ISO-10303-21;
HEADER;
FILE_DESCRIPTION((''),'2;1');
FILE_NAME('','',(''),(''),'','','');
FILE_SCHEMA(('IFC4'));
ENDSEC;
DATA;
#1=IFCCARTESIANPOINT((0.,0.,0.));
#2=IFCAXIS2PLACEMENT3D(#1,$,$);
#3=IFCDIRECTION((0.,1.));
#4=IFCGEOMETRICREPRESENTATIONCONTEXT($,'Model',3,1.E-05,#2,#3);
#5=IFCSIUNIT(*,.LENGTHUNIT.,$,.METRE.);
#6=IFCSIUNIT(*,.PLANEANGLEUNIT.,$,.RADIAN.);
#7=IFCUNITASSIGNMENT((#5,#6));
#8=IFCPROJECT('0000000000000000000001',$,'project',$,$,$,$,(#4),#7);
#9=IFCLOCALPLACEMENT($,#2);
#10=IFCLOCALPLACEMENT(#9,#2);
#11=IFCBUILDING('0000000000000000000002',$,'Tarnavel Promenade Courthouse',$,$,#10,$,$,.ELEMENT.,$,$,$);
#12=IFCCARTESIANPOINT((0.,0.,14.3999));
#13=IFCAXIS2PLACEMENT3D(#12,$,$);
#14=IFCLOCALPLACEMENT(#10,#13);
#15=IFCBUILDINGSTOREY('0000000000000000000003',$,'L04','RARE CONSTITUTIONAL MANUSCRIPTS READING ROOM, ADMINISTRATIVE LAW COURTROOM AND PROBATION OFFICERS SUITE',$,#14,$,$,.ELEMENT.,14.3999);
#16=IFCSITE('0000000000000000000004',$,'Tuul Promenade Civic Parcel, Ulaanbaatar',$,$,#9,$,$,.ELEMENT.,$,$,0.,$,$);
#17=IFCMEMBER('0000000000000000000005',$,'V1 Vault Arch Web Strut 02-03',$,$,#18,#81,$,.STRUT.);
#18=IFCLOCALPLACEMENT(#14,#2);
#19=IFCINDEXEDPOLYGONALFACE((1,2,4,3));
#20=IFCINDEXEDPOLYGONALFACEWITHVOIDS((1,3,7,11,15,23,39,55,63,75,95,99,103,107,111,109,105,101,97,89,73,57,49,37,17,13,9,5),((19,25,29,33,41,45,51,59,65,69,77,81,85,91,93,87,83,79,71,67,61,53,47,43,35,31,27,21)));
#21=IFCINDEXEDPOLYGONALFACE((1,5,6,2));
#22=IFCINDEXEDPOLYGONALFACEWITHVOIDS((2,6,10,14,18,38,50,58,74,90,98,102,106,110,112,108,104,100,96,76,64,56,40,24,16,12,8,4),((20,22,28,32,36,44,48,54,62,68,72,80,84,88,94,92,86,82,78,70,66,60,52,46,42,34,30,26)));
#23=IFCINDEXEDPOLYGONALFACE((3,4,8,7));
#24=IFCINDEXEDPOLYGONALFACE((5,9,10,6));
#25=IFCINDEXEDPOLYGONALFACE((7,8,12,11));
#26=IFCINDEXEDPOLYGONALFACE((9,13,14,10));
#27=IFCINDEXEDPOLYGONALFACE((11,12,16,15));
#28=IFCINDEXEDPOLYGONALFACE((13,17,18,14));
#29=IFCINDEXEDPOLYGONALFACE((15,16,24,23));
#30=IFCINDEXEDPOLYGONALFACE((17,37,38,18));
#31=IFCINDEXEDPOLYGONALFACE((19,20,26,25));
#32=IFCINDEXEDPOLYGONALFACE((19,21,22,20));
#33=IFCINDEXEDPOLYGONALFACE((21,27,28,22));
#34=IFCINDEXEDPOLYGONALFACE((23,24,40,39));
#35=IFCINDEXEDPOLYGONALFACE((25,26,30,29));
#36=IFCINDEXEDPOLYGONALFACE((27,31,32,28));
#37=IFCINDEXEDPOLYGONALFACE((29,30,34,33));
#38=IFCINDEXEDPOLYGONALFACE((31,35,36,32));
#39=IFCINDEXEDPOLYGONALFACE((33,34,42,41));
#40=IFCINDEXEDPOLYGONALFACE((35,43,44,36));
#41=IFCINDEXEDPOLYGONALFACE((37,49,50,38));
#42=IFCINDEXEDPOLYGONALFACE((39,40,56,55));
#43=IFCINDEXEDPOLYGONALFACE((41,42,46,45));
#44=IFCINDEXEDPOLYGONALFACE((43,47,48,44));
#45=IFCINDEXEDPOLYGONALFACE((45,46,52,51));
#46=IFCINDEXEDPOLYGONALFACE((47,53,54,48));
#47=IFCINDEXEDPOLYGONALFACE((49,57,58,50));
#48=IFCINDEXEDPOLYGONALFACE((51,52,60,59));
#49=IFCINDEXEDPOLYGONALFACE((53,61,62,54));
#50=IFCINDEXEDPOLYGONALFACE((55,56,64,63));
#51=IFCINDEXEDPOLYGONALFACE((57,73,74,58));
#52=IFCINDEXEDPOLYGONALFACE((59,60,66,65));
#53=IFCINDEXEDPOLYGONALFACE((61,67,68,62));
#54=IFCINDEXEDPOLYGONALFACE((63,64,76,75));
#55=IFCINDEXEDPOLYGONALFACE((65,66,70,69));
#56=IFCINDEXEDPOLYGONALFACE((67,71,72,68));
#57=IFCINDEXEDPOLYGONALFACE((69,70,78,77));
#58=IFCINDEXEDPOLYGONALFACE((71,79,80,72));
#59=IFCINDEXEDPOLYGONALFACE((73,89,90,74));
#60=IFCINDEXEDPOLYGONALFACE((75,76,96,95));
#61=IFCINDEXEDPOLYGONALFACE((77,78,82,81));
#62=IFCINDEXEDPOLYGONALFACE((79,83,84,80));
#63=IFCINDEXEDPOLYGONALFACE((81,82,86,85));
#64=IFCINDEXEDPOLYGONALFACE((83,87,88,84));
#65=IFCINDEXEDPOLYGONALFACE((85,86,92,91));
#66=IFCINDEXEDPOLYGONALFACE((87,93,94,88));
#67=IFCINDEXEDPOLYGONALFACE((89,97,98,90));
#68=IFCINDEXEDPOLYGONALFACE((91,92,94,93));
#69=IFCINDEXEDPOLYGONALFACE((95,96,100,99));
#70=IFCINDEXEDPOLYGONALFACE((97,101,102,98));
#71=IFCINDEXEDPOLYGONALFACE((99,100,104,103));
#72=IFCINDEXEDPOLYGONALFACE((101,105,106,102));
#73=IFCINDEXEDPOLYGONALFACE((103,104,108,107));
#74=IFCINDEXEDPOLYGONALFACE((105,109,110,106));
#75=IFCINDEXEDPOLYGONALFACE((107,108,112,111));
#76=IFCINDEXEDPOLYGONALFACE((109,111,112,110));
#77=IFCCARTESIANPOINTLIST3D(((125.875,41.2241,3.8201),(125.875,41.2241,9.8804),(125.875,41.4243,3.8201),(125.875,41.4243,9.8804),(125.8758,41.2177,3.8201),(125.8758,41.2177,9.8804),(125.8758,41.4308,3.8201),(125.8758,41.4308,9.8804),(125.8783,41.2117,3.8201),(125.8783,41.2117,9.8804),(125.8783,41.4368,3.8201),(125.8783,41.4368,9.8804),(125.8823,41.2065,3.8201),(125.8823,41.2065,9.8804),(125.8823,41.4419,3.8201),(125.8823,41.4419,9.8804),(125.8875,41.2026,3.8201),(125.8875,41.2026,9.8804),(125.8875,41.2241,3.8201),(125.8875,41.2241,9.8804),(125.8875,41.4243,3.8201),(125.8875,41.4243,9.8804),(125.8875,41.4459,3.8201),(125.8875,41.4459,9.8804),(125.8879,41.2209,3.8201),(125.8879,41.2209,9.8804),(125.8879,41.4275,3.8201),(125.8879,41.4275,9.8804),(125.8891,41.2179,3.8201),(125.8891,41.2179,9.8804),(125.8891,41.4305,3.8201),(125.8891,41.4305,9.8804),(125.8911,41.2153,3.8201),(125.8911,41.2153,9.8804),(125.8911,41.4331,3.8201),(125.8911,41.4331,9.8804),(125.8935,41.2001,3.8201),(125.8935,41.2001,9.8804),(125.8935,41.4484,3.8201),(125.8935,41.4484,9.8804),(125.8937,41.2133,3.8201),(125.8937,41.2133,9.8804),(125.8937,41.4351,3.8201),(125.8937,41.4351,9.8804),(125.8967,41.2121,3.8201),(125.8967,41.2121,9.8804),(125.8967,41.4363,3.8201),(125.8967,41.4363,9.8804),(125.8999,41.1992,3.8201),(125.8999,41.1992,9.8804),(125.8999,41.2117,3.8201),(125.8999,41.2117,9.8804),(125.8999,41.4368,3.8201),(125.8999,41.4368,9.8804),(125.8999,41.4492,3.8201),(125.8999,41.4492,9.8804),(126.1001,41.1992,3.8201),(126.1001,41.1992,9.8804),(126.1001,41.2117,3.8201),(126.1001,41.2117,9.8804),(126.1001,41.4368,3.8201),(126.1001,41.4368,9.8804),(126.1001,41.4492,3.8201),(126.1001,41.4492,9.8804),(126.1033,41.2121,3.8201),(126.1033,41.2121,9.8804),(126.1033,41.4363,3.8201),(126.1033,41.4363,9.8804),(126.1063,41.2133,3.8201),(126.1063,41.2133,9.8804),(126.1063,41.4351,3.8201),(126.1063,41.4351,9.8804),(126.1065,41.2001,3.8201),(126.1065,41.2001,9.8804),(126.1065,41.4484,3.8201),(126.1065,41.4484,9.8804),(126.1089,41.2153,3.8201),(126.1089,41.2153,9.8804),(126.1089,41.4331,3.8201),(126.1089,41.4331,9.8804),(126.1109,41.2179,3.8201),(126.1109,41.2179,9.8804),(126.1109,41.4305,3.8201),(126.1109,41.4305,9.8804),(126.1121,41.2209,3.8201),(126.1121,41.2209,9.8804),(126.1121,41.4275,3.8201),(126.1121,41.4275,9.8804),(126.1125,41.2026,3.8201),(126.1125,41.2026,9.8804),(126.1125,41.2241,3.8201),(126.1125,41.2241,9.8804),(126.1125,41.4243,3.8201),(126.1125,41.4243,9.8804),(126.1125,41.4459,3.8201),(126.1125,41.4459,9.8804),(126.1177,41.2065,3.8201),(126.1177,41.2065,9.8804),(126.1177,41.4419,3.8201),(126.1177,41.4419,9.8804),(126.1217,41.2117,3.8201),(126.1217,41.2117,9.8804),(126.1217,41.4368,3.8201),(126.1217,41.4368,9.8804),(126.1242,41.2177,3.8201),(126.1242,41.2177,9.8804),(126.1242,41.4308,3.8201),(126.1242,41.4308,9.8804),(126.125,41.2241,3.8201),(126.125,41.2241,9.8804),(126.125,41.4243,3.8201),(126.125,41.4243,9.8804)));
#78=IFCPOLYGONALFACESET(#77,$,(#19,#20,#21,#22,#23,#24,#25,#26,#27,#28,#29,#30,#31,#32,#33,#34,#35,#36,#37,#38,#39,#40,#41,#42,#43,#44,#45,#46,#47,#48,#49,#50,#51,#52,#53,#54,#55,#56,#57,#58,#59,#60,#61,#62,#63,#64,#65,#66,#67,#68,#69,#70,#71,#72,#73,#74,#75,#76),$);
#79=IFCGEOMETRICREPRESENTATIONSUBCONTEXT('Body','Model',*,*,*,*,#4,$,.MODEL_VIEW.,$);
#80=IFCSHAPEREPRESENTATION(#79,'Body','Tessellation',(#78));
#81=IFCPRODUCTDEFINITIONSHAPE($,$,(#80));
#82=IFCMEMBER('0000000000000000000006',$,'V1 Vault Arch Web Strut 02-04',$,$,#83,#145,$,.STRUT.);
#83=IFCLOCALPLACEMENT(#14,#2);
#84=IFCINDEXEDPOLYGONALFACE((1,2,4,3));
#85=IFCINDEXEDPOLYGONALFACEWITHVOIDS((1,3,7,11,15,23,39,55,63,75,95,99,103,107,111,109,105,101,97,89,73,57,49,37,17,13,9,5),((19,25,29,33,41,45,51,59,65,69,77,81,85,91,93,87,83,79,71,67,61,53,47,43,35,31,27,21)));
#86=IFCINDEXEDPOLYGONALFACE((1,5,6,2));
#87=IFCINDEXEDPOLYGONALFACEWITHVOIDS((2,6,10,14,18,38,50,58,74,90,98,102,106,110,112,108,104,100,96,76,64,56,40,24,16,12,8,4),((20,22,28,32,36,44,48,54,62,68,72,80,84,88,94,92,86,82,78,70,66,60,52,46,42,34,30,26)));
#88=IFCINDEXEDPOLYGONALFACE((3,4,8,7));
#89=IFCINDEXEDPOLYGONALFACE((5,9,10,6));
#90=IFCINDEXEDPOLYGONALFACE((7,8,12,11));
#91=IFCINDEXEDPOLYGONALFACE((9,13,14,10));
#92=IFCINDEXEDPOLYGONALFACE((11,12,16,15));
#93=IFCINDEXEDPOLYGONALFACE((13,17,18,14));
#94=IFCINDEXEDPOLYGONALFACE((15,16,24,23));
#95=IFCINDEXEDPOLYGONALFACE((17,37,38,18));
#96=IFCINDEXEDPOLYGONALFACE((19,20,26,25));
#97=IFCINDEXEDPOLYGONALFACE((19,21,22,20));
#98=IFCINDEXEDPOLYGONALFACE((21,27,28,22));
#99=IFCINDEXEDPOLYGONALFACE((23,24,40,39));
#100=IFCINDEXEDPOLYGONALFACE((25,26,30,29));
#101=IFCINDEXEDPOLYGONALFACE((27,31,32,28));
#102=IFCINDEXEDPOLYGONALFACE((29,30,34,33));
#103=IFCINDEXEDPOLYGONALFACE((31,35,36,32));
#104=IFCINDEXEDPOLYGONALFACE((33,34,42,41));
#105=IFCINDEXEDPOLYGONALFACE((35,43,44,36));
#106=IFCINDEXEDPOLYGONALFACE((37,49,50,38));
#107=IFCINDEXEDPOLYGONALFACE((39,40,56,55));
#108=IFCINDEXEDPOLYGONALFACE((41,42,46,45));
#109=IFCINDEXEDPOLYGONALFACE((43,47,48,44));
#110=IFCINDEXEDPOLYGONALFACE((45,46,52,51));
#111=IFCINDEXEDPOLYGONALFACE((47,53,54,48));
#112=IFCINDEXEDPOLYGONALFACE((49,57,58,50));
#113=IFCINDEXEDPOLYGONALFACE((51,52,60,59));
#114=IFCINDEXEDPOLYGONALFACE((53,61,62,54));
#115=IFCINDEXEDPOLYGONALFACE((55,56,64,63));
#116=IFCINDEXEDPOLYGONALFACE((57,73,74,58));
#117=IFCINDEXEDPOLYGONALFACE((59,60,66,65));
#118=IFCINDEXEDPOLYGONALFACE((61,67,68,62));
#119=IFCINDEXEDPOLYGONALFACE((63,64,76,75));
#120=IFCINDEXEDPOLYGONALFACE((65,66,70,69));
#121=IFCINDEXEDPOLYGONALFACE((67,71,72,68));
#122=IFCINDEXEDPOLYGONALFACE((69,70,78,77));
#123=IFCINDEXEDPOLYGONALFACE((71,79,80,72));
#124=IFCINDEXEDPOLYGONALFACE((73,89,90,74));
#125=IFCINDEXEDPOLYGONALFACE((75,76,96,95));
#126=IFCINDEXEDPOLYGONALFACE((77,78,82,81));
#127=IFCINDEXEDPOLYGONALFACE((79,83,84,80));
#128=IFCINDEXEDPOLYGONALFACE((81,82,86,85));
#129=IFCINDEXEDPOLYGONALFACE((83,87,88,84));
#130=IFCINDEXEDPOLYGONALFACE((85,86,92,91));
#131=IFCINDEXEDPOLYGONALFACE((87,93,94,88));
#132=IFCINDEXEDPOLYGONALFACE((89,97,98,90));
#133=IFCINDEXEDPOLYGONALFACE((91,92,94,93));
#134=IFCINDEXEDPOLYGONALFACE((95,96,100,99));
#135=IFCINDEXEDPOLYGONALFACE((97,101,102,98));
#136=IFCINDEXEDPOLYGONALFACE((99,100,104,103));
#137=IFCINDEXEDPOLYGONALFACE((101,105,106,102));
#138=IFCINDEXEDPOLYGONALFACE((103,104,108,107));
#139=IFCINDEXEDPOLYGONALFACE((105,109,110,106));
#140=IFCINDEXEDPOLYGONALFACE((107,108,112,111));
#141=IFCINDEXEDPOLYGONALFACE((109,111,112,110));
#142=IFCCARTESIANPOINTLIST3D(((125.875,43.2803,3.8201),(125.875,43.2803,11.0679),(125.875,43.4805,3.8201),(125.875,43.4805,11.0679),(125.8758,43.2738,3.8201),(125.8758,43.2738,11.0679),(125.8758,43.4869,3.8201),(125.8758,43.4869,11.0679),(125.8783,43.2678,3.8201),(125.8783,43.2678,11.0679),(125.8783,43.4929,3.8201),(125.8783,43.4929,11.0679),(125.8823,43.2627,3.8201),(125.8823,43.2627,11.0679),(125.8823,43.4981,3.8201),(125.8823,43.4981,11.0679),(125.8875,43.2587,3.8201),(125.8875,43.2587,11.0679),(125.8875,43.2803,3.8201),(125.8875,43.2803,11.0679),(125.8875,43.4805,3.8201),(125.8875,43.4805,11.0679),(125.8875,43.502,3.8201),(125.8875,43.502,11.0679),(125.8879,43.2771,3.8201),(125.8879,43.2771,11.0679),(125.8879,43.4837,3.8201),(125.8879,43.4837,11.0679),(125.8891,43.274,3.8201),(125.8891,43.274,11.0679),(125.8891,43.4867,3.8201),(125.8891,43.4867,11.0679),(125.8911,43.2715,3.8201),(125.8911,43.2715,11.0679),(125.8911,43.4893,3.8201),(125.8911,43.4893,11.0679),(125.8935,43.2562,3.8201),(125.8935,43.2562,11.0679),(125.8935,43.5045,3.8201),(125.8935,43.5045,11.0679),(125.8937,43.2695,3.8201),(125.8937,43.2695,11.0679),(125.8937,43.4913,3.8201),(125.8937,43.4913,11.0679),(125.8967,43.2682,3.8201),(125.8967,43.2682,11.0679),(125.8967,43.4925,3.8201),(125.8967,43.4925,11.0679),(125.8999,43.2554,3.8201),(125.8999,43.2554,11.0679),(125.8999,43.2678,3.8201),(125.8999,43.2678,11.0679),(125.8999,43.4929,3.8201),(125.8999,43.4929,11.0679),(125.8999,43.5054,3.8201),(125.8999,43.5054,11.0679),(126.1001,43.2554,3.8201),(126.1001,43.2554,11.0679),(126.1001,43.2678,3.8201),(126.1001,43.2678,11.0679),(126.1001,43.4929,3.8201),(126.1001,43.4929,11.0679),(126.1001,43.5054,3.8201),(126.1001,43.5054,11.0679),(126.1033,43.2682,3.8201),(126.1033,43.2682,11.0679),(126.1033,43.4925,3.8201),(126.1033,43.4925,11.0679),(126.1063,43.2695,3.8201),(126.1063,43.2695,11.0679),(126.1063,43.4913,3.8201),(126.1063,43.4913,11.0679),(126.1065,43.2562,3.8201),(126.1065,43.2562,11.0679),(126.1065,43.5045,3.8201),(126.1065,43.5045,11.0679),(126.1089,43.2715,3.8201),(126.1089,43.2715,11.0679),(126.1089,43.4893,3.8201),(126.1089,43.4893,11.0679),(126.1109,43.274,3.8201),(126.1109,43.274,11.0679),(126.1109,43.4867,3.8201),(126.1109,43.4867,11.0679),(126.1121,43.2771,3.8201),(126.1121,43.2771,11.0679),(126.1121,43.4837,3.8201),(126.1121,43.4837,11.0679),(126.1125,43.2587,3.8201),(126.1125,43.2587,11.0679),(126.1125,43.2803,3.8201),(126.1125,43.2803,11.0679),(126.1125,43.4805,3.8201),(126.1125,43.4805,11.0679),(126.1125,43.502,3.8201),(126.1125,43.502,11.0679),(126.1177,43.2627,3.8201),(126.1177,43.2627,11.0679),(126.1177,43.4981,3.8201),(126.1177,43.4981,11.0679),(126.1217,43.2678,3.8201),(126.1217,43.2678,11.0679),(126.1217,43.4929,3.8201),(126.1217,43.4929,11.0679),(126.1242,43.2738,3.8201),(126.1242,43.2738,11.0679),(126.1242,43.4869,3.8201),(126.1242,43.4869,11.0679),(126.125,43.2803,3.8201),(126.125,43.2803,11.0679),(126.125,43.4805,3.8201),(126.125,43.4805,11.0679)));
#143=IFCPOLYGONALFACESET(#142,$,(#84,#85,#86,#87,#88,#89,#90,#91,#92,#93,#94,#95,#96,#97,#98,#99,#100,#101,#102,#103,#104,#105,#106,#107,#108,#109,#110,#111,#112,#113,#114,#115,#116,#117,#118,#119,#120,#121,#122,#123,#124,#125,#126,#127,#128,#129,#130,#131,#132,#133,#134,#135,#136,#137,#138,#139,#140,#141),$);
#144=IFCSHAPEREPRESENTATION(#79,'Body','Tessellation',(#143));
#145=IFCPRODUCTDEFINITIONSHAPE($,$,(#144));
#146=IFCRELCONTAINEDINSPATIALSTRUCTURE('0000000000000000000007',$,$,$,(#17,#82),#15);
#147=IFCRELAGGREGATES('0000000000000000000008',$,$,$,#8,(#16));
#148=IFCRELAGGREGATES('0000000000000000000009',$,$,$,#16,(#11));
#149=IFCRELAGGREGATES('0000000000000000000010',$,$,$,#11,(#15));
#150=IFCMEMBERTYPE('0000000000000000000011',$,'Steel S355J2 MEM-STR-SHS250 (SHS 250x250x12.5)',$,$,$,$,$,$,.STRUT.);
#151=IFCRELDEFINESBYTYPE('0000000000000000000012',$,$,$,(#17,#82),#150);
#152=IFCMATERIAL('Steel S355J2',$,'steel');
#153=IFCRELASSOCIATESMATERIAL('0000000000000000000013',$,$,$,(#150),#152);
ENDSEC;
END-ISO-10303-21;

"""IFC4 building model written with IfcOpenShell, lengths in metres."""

from ifc_helpers import new_model, si_unit, direction, frame, origin, origin_2d, place, context, subcontext, project, spatial, hollow_rectangle, extrude, material, material_profile, profile_set, type_object, element, save


model = new_model("IFC4")

# Units and contexts
model_context = context("Model", 3, precision=1e-05, world=origin(), true_north=direction((0.0, 1.0)))
body_context = subcontext(model_context, "Body", "Model", "MODEL_VIEW")
ifc_project = project(units=[si_unit("LENGTHUNIT", "METRE"), si_unit("PLANEANGLEUNIT", "RADIAN")], contexts=[model_context])

# Site, building, storey
site_placement = place(None, origin())
site = spatial("IfcSite", under=ifc_project, at=site_placement, Name="Tuul Promenade Civic Parcel, Ulaanbaatar", CompositionType="ELEMENT", RefElevation=0.0)
building_placement = place(site_placement, origin())
building = spatial("IfcBuilding", under=site, at=building_placement, Name="Tarnavel Promenade Courthouse", CompositionType="ELEMENT")
storey_placement = place(building_placement, frame((0.0, 0.0, 14.3999)))
storey = spatial("IfcBuildingStorey", under=building, at=storey_placement, Name="L04", Description="RARE CONSTITUTIONAL MANUSCRIPTS READING ROOM, ADMINISTRATIVE LAW COURTROOM AND PROBATION OFFICERS SUITE", CompositionType="ELEMENT", Elevation=14.3999)

# Shared definitions
ifc_material_1 = material(Name="Steel S355J2", Category="steel")

# Members
ifc_material_profile_1 = material_profile(ifc_material_1, hollow_rectangle(XDim=0.25, YDim=0.25, WallThickness=0.0125, InnerFilletRadius=0.0125, OuterFilletRadius=0.0249, at=origin_2d()), Name="SHS 250x250x12.5")
ifc_profile_set_1 = profile_set([ifc_material_profile_1], Name="Steel S355J2")
member_type_1 = type_object("IfcMemberType", Name="Steel S355J2 MEM-STR-SHS250 (SHS 250x250x12.5)", PredefinedType="STRUT", material=ifc_profile_set_1)
member_1_placement = place(storey_placement, frame((126.0, 41.3242, 3.8201), z_axis=(0.0, 0.0, 1.0), x_axis=(1.0, 0.0, 0.0)))
element("IfcMember", 1, at=member_1_placement, inside=storey, type_object=member_type_1, Name="V1 Vault Arch Web Strut 02-03", PredefinedType="STRUT", context=body_context, shape_type="SweptSolid", body=[
    extrude(hollow_rectangle(XDim=0.25, YDim=0.25, WallThickness=0.0125, InnerFilletRadius=0.0125, OuterFilletRadius=0.0249, at=origin_2d()), origin(), (0.0, 0.0, 1.0), 6.0603),
])
member_2_placement = place(storey_placement, frame((126.0, 43.3804, 3.8201), z_axis=(0.0, 0.0, 1.0), x_axis=(1.0, 0.0, 0.0)))
element("IfcMember", 2, at=member_2_placement, inside=storey, type_object=member_type_1, Name="V1 Vault Arch Web Strut 02-04", PredefinedType="STRUT", context=body_context, shape_type="SweptSolid", body=[
    extrude(hollow_rectangle(XDim=0.25, YDim=0.25, WallThickness=0.0125, InnerFilletRadius=0.0125, OuterFilletRadius=0.0249, at=origin_2d()), origin(), (0.0, 0.0, 1.0), 7.2478),
])

save(model, "model.ifc")
